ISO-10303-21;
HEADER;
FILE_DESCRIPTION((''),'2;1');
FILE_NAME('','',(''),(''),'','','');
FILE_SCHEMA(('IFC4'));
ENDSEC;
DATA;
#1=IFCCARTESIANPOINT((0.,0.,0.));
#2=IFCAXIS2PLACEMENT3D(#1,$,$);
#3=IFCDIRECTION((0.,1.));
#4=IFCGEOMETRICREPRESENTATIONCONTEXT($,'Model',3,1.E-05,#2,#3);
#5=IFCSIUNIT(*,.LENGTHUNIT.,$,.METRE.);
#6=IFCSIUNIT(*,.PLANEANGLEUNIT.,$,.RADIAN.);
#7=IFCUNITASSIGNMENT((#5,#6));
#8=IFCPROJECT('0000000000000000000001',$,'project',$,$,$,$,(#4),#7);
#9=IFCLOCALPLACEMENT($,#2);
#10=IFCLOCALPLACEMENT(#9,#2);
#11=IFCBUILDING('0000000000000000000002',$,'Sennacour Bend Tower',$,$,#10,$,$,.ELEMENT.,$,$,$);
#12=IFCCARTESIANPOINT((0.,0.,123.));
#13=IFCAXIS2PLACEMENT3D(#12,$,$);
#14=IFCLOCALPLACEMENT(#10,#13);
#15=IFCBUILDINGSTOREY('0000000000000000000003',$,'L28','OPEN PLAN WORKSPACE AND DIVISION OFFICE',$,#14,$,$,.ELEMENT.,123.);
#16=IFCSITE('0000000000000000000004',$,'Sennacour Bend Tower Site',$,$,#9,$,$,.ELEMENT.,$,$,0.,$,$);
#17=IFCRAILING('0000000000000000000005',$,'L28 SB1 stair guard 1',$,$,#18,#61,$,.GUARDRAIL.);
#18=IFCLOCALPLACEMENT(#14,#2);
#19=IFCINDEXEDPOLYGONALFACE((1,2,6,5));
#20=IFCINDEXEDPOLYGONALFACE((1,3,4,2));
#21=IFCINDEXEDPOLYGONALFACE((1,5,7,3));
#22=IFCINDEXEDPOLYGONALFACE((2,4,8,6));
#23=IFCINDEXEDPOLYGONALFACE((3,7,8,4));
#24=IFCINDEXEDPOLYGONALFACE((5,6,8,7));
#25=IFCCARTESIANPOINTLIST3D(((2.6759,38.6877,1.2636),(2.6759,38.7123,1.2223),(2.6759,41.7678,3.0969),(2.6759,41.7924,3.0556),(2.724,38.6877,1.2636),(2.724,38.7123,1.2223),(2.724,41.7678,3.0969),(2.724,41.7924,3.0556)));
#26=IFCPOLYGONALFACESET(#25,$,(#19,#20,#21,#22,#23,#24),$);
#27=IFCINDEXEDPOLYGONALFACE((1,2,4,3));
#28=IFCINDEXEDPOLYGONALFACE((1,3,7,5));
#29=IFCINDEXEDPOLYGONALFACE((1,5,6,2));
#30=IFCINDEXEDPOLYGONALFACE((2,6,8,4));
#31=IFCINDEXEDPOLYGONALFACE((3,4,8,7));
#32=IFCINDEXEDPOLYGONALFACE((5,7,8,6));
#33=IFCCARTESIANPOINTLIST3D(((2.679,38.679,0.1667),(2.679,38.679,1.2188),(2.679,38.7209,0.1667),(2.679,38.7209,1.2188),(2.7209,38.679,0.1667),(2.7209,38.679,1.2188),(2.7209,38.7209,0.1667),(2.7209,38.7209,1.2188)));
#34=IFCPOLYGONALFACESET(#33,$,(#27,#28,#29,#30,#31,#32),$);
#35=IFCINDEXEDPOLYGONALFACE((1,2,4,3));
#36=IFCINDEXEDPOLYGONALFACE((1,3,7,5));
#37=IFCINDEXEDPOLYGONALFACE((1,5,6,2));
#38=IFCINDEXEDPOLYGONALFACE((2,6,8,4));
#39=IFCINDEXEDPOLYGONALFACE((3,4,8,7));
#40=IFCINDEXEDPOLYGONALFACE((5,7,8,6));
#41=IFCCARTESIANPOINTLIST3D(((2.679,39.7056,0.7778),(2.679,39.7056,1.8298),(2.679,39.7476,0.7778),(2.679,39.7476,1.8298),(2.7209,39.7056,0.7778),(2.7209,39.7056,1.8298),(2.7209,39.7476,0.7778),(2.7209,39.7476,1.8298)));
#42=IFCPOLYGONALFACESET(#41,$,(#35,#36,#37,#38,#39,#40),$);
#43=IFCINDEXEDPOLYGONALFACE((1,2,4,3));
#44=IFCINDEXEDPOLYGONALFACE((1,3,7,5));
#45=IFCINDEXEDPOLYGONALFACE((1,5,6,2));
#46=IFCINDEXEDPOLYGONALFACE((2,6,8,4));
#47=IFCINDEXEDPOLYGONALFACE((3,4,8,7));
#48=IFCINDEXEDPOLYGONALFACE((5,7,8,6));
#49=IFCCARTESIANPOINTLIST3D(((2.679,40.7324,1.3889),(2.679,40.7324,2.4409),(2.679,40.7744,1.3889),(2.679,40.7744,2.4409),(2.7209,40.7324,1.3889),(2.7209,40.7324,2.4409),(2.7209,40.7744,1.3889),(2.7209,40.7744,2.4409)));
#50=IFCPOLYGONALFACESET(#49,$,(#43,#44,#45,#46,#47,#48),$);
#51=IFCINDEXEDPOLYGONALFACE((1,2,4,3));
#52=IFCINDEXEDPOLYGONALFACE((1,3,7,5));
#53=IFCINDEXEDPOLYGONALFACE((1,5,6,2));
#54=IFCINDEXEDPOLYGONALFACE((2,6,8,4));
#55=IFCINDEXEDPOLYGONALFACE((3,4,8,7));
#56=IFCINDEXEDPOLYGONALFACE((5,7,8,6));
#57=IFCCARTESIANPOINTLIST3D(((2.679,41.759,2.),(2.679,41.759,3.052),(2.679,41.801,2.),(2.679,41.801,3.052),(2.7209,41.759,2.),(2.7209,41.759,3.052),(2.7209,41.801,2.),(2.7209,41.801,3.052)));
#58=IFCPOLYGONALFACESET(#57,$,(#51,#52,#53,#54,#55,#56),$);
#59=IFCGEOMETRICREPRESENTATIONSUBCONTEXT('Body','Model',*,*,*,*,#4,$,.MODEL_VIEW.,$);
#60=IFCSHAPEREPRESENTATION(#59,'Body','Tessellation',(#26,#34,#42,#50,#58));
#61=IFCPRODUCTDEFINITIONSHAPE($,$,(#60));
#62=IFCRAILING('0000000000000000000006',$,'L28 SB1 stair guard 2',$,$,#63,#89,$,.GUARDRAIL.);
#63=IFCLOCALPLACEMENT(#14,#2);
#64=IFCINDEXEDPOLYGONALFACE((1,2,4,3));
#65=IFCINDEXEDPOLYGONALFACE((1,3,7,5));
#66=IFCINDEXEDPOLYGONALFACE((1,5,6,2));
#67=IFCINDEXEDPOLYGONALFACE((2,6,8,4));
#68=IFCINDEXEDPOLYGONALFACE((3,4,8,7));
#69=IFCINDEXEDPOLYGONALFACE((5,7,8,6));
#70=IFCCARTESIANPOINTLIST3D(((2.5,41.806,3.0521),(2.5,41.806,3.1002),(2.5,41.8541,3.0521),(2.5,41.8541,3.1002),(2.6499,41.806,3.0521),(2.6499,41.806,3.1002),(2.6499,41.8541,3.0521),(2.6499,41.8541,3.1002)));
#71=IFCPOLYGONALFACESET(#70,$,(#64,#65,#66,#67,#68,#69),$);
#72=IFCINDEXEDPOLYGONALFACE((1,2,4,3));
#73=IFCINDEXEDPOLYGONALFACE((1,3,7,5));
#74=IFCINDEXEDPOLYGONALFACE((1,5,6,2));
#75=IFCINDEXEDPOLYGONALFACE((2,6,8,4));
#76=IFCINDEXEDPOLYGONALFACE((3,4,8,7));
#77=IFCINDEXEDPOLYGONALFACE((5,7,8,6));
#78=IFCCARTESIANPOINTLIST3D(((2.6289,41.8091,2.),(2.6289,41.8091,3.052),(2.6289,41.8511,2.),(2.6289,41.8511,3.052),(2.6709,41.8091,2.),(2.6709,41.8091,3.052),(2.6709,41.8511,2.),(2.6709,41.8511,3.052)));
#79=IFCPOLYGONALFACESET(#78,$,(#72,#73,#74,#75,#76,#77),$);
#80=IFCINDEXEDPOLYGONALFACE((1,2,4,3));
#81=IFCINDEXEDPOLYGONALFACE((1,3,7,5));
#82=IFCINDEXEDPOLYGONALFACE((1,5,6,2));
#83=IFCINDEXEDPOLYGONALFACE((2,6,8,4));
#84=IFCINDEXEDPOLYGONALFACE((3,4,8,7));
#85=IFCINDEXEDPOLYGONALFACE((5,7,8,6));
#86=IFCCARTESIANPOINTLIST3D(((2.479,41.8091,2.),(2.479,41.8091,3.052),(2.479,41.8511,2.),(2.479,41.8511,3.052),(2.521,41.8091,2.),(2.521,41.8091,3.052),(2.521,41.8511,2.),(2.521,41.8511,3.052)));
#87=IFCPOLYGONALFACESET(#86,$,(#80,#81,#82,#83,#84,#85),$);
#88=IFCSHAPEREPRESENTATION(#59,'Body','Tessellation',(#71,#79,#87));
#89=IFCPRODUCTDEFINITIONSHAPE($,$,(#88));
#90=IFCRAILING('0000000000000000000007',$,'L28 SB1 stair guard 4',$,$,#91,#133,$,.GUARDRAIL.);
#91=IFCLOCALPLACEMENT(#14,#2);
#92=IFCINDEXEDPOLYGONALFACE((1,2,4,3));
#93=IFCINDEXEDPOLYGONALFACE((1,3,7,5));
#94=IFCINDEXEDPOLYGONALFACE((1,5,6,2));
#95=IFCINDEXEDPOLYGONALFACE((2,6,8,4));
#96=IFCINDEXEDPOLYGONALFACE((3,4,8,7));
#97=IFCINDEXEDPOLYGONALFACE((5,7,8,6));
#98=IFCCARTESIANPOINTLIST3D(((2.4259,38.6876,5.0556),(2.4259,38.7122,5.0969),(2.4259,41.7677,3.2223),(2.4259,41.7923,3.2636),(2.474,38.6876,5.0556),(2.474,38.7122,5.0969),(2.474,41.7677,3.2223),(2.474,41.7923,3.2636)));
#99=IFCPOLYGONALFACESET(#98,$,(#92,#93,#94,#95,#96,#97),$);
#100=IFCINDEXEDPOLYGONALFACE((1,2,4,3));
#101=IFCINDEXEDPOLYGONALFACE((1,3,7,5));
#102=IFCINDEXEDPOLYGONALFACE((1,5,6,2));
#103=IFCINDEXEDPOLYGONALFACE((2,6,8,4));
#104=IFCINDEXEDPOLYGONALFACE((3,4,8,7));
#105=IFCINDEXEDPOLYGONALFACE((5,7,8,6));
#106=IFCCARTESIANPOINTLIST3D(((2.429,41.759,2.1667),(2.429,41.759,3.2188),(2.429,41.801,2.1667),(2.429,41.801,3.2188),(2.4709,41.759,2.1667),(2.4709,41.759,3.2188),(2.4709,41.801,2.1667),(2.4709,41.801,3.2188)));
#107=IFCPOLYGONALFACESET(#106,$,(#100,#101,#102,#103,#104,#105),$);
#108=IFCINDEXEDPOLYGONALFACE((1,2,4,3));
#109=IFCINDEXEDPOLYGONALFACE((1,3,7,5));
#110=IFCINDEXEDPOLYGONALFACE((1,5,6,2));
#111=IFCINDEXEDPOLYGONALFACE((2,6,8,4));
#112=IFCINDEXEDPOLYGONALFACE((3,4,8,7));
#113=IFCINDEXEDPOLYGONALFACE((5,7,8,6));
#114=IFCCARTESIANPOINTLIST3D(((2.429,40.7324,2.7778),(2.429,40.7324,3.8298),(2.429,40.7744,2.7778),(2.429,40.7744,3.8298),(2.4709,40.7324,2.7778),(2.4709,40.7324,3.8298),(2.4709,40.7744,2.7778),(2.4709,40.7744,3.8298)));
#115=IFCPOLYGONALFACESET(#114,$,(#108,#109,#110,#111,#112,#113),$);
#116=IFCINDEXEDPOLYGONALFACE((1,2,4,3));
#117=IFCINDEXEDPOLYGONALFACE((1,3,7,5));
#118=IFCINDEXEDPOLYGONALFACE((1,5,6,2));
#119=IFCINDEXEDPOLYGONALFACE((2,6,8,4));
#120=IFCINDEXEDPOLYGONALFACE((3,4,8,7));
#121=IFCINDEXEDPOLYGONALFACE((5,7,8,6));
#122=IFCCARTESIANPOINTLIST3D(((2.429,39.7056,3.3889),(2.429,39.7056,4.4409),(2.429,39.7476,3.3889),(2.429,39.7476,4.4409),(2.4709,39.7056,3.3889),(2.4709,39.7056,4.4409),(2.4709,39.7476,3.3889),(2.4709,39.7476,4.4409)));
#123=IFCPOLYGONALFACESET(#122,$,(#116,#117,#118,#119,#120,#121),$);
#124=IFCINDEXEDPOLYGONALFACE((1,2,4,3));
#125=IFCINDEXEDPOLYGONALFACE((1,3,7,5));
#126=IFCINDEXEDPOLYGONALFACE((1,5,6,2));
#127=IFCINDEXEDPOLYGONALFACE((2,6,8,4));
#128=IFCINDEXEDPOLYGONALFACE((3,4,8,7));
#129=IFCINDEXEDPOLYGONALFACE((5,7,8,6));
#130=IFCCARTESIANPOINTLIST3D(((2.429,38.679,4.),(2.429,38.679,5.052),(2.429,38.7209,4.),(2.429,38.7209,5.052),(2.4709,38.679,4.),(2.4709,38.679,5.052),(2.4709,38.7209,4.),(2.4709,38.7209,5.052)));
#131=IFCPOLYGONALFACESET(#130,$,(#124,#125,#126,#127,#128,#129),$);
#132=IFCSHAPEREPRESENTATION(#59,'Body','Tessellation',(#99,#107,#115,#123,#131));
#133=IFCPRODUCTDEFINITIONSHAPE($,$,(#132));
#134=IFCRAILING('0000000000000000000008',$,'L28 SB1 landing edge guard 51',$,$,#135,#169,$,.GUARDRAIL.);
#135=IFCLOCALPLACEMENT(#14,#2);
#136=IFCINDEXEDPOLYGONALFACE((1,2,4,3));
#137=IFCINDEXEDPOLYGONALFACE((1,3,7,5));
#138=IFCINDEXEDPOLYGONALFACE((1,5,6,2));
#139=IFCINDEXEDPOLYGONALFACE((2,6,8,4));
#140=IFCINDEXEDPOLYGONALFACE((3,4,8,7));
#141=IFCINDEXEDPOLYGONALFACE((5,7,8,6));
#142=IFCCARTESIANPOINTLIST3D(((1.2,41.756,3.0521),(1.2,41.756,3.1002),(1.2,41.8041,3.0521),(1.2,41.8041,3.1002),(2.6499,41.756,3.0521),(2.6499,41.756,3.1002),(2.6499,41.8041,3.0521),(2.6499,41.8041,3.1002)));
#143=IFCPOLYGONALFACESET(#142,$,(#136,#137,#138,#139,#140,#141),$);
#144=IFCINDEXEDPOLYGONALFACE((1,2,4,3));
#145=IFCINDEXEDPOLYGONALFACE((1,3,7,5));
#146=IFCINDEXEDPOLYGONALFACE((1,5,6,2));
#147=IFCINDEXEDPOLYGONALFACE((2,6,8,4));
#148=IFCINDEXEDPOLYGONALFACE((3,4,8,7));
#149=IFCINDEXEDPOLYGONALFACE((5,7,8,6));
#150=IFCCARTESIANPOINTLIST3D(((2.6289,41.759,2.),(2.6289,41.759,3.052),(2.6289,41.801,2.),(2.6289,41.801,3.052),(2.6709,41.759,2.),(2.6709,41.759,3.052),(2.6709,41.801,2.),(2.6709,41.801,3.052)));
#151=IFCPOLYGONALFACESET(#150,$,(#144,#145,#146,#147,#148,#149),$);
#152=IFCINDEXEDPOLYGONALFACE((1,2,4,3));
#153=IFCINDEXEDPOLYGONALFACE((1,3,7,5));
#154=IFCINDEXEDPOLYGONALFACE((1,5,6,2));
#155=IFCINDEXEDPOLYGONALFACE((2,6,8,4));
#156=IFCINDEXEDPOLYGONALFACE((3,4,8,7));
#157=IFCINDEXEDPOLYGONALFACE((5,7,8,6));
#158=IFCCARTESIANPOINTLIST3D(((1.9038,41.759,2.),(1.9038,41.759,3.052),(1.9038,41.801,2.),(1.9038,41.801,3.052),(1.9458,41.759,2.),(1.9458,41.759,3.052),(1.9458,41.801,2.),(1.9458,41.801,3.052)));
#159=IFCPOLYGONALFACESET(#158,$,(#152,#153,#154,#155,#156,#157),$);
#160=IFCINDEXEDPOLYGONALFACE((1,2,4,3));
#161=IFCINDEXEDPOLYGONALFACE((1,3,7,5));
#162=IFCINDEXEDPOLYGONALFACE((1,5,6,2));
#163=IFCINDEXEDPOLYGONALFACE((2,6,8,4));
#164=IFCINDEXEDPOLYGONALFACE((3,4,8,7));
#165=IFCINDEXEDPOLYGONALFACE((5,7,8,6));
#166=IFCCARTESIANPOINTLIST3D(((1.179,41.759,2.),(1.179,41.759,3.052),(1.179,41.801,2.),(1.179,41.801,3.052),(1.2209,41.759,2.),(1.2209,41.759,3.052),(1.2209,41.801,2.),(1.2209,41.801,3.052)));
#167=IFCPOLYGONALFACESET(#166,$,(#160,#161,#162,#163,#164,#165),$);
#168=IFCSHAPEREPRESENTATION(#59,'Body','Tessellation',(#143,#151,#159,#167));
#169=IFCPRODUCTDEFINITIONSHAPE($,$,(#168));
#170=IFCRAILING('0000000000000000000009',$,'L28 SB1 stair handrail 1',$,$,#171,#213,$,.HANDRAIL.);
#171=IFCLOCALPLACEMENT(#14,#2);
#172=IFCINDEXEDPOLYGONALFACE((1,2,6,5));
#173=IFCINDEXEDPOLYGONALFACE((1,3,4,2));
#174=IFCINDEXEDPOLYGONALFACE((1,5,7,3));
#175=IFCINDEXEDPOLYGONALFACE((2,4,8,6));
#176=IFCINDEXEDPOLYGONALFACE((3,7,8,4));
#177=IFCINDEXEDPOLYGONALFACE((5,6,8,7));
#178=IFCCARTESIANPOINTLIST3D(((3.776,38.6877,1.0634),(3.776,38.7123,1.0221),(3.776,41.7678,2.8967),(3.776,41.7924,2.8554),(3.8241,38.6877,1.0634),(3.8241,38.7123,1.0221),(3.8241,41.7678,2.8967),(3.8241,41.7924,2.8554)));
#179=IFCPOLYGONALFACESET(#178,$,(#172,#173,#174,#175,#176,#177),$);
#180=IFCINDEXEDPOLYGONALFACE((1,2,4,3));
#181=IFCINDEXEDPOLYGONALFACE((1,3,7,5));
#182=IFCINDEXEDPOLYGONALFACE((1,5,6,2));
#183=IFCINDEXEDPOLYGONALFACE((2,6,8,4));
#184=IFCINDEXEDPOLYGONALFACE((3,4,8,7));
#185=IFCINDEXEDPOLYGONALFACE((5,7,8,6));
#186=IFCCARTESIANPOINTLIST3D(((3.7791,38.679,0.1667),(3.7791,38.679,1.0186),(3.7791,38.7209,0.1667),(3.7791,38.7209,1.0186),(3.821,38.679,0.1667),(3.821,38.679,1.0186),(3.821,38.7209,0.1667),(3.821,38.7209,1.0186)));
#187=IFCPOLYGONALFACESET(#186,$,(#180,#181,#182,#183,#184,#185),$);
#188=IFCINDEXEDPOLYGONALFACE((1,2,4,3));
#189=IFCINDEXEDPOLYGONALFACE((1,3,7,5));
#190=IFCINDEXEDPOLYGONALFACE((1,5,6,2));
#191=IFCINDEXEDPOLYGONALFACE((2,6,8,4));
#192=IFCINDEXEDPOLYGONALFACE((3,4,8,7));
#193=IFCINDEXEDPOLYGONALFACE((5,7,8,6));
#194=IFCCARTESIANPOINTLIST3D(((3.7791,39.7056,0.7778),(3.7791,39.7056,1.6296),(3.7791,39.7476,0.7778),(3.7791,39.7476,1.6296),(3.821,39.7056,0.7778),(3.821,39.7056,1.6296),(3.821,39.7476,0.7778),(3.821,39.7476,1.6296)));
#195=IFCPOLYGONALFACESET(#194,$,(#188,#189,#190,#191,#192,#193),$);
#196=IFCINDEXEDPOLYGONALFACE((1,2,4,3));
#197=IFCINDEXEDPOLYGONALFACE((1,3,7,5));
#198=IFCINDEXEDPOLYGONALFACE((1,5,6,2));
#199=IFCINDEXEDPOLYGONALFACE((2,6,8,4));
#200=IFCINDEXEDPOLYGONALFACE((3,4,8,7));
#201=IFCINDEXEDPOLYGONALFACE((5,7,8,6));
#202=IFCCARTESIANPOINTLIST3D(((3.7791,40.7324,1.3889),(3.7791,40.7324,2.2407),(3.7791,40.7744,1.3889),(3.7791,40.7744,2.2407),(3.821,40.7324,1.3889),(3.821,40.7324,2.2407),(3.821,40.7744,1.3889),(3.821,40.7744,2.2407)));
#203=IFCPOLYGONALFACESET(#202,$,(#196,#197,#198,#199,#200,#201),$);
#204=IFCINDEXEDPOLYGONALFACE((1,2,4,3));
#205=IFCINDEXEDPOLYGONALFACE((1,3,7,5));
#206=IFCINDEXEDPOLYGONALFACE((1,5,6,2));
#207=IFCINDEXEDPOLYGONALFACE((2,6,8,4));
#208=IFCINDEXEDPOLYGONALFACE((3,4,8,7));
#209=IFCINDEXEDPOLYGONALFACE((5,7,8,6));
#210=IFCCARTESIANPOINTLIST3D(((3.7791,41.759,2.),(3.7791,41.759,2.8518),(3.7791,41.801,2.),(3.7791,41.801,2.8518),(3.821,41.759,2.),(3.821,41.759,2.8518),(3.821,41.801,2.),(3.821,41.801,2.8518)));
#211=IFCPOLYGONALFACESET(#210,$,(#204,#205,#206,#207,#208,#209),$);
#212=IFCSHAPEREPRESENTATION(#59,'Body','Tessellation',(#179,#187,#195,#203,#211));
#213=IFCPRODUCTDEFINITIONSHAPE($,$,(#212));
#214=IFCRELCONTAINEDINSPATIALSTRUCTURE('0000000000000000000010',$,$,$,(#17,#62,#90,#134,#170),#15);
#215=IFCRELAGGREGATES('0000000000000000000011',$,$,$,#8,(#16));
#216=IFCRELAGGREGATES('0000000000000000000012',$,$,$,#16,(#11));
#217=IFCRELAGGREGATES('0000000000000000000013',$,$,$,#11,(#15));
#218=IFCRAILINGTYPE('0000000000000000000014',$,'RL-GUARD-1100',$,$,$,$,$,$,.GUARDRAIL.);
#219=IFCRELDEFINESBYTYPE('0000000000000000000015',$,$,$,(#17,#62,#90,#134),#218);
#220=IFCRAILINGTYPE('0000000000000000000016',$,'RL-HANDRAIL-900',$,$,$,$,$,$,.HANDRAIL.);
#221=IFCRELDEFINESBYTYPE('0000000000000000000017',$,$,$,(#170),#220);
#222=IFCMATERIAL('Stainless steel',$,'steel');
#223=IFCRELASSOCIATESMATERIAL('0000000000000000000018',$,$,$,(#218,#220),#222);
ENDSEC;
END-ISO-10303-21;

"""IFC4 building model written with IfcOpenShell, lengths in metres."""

from ifc_helpers import new_model, si_unit, direction, frame, origin, origin_2d, place, context, subcontext, project, spatial, rectangle, extrude, material, type_object, element, save


model = new_model("IFC4")

# Units and contexts
model_context = context("Model", 3, precision=1e-05, world=origin(), true_north=direction((0.0, 1.0)))
body_context = subcontext(model_context, "Body", "Model", "MODEL_VIEW")
ifc_project = project(units=[si_unit("LENGTHUNIT", "METRE"), si_unit("PLANEANGLEUNIT", "RADIAN")], contexts=[model_context])

# Site, building, storey
site_placement = place(None, origin())
site = spatial("IfcSite", under=ifc_project, at=site_placement, Name="Sennacour Bend Tower Site", CompositionType="ELEMENT", RefElevation=0.0)
building_placement = place(site_placement, origin())
building = spatial("IfcBuilding", under=site, at=building_placement, Name="Sennacour Bend Tower", CompositionType="ELEMENT")
storey_placement = place(building_placement, frame((0.0, 0.0, 123.0)))
storey = spatial("IfcBuildingStorey", under=building, at=storey_placement, Name="L28", Description="OPEN PLAN WORKSPACE AND DIVISION OFFICE", CompositionType="ELEMENT", Elevation=123.0)

# Railings
ifc_material_1 = material(Name="Stainless steel", Category="steel")
railing_type_1 = type_object("IfcRailingType", Name="RL-GUARD-1100", PredefinedType="GUARDRAIL", material=ifc_material_1)
railing_1_placement = place(storey_placement, frame((2.7, 38.7, 0.1667)))
element("IfcRailing", 1, at=railing_1_placement, inside=storey, type_object=railing_type_1, Name="L28 SB1 stair guard 1", PredefinedType="GUARDRAIL", context=body_context, shape_type="SweptSolid", body=[
    extrude(rectangle(XDim=0.0481, YDim=0.0481, at=origin_2d()), frame((0.0, 0.0, 1.0762), z_axis=(0.0, 0.859309, 0.511458), x_axis=(-1.0, 0.0, 0.0)), (0.0, 0.0, 1.0), 3.5845),
    extrude(rectangle(XDim=0.042, YDim=0.042, at=origin_2d()), origin(), (0.0, 0.0, 1.0), 1.052),
    extrude(rectangle(XDim=0.042, YDim=0.042, at=origin_2d()), frame((0.0, 1.0266, 0.6111)), (0.0, 0.0, 1.0), 1.052),
    extrude(rectangle(XDim=0.042, YDim=0.042, at=origin_2d()), frame((0.0, 2.0535, 1.2222)), (0.0, 0.0, 1.0), 1.052),
    extrude(rectangle(XDim=0.042, YDim=0.042, at=origin_2d()), frame((0.0, 3.0801, 1.8333)), (0.0, 0.0, 1.0), 1.052),
])
railing_2_placement = place(storey_placement, frame((2.6499, 41.8301, 2.0)))
element("IfcRailing", 2, at=railing_2_placement, inside=storey, type_object=railing_type_1, Name="L28 SB1 stair guard 2", PredefinedType="GUARDRAIL", context=body_context, shape_type="SweptSolid", body=[
    extrude(rectangle(XDim=0.0481, YDim=0.0481, at=origin_2d()), frame((0.0, 0.0, 1.0762), z_axis=(-1.0, 0.0, 0.0), x_axis=(0.0, -1.0, 0.0)), (0.0, 0.0, 1.0), 0.1499),
    extrude(rectangle(XDim=0.042, YDim=0.042, at=origin_2d()), origin(), (0.0, 0.0, 1.0), 1.052),
    extrude(rectangle(XDim=0.042, YDim=0.042, at=origin_2d()), frame((-0.1499, 0.0, 0.0)), (0.0, 0.0, 1.0), 1.052),
])
railing_3_placement = place(storey_placement, frame((2.45, 41.78, 2.1667)))
element("IfcRailing", 3, at=railing_3_placement, inside=storey, type_object=railing_type_1, Name="L28 SB1 stair guard 4", PredefinedType="GUARDRAIL", context=body_context, shape_type="SweptSolid", body=[
    extrude(rectangle(XDim=0.0481, YDim=0.0481, at=origin_2d()), frame((0.0, 0.0, 1.0762), z_axis=(0.0, -0.859309, 0.511458), x_axis=(1.0, 0.0, 0.0)), (0.0, 0.0, 1.0), 3.5845),
    extrude(rectangle(XDim=0.042, YDim=0.042, at=origin_2d()), origin(), (0.0, 0.0, 1.0), 1.052),
    extrude(rectangle(XDim=0.042, YDim=0.042, at=origin_2d()), frame((0.0, -1.0266, 0.6111)), (0.0, 0.0, 1.0), 1.052),
    extrude(rectangle(XDim=0.042, YDim=0.042, at=origin_2d()), frame((0.0, -2.0535, 1.2222)), (0.0, 0.0, 1.0), 1.052),
    extrude(rectangle(XDim=0.042, YDim=0.042, at=origin_2d()), frame((0.0, -3.0801, 1.8333)), (0.0, 0.0, 1.0), 1.052),
])
railing_4_placement = place(storey_placement, frame((2.6499, 41.78, 2.0)))
element("IfcRailing", 4, at=railing_4_placement, inside=storey, type_object=railing_type_1, Name="L28 SB1 landing edge guard 51", PredefinedType="GUARDRAIL", context=body_context, shape_type="SweptSolid", body=[
    extrude(rectangle(XDim=0.0481, YDim=0.0481, at=origin_2d()), frame((0.0, 0.0, 1.0762), z_axis=(-1.0, 0.0, 0.0), x_axis=(0.0, -1.0, 0.0)), (0.0, 0.0, 1.0), 1.45),
    extrude(rectangle(XDim=0.042, YDim=0.042, at=origin_2d()), origin(), (0.0, 0.0, 1.0), 1.052),
    extrude(rectangle(XDim=0.042, YDim=0.042, at=origin_2d()), frame((-0.7251, 0.0, 0.0)), (0.0, 0.0, 1.0), 1.052),
    extrude(rectangle(XDim=0.042, YDim=0.042, at=origin_2d()), frame((-1.45, 0.0, 0.0)), (0.0, 0.0, 1.0), 1.052),
])
railing_type_2 = type_object("IfcRailingType", Name="RL-HANDRAIL-900", PredefinedType="HANDRAIL", material=ifc_material_1)
railing_5_placement = place(storey_placement, frame((3.8, 38.7, 0.1667)))
element("IfcRailing", 5, at=railing_5_placement, inside=storey, type_object=railing_type_2, Name="L28 SB1 stair handrail 1", PredefinedType="HANDRAIL", context=body_context, shape_type="SweptSolid", body=[
    extrude(rectangle(XDim=0.0481, YDim=0.0481, at=origin_2d()), frame((0.0, 0.0, 0.876), z_axis=(0.0, 0.859309, 0.511458), x_axis=(-1.0, 0.0, 0.0)), (0.0, 0.0, 1.0), 3.5845),
    extrude(rectangle(XDim=0.042, YDim=0.042, at=origin_2d()), origin(), (0.0, 0.0, 1.0), 0.8518),
    extrude(rectangle(XDim=0.042, YDim=0.042, at=origin_2d()), frame((0.0, 1.0266, 0.6111)), (0.0, 0.0, 1.0), 0.8518),
    extrude(rectangle(XDim=0.042, YDim=0.042, at=origin_2d()), frame((0.0, 2.0535, 1.2222)), (0.0, 0.0, 1.0), 0.8518),
    extrude(rectangle(XDim=0.042, YDim=0.042, at=origin_2d()), frame((0.0, 3.0801, 1.8333)), (0.0, 0.0, 1.0), 0.8518),
])

save(model, "model.ifc")
